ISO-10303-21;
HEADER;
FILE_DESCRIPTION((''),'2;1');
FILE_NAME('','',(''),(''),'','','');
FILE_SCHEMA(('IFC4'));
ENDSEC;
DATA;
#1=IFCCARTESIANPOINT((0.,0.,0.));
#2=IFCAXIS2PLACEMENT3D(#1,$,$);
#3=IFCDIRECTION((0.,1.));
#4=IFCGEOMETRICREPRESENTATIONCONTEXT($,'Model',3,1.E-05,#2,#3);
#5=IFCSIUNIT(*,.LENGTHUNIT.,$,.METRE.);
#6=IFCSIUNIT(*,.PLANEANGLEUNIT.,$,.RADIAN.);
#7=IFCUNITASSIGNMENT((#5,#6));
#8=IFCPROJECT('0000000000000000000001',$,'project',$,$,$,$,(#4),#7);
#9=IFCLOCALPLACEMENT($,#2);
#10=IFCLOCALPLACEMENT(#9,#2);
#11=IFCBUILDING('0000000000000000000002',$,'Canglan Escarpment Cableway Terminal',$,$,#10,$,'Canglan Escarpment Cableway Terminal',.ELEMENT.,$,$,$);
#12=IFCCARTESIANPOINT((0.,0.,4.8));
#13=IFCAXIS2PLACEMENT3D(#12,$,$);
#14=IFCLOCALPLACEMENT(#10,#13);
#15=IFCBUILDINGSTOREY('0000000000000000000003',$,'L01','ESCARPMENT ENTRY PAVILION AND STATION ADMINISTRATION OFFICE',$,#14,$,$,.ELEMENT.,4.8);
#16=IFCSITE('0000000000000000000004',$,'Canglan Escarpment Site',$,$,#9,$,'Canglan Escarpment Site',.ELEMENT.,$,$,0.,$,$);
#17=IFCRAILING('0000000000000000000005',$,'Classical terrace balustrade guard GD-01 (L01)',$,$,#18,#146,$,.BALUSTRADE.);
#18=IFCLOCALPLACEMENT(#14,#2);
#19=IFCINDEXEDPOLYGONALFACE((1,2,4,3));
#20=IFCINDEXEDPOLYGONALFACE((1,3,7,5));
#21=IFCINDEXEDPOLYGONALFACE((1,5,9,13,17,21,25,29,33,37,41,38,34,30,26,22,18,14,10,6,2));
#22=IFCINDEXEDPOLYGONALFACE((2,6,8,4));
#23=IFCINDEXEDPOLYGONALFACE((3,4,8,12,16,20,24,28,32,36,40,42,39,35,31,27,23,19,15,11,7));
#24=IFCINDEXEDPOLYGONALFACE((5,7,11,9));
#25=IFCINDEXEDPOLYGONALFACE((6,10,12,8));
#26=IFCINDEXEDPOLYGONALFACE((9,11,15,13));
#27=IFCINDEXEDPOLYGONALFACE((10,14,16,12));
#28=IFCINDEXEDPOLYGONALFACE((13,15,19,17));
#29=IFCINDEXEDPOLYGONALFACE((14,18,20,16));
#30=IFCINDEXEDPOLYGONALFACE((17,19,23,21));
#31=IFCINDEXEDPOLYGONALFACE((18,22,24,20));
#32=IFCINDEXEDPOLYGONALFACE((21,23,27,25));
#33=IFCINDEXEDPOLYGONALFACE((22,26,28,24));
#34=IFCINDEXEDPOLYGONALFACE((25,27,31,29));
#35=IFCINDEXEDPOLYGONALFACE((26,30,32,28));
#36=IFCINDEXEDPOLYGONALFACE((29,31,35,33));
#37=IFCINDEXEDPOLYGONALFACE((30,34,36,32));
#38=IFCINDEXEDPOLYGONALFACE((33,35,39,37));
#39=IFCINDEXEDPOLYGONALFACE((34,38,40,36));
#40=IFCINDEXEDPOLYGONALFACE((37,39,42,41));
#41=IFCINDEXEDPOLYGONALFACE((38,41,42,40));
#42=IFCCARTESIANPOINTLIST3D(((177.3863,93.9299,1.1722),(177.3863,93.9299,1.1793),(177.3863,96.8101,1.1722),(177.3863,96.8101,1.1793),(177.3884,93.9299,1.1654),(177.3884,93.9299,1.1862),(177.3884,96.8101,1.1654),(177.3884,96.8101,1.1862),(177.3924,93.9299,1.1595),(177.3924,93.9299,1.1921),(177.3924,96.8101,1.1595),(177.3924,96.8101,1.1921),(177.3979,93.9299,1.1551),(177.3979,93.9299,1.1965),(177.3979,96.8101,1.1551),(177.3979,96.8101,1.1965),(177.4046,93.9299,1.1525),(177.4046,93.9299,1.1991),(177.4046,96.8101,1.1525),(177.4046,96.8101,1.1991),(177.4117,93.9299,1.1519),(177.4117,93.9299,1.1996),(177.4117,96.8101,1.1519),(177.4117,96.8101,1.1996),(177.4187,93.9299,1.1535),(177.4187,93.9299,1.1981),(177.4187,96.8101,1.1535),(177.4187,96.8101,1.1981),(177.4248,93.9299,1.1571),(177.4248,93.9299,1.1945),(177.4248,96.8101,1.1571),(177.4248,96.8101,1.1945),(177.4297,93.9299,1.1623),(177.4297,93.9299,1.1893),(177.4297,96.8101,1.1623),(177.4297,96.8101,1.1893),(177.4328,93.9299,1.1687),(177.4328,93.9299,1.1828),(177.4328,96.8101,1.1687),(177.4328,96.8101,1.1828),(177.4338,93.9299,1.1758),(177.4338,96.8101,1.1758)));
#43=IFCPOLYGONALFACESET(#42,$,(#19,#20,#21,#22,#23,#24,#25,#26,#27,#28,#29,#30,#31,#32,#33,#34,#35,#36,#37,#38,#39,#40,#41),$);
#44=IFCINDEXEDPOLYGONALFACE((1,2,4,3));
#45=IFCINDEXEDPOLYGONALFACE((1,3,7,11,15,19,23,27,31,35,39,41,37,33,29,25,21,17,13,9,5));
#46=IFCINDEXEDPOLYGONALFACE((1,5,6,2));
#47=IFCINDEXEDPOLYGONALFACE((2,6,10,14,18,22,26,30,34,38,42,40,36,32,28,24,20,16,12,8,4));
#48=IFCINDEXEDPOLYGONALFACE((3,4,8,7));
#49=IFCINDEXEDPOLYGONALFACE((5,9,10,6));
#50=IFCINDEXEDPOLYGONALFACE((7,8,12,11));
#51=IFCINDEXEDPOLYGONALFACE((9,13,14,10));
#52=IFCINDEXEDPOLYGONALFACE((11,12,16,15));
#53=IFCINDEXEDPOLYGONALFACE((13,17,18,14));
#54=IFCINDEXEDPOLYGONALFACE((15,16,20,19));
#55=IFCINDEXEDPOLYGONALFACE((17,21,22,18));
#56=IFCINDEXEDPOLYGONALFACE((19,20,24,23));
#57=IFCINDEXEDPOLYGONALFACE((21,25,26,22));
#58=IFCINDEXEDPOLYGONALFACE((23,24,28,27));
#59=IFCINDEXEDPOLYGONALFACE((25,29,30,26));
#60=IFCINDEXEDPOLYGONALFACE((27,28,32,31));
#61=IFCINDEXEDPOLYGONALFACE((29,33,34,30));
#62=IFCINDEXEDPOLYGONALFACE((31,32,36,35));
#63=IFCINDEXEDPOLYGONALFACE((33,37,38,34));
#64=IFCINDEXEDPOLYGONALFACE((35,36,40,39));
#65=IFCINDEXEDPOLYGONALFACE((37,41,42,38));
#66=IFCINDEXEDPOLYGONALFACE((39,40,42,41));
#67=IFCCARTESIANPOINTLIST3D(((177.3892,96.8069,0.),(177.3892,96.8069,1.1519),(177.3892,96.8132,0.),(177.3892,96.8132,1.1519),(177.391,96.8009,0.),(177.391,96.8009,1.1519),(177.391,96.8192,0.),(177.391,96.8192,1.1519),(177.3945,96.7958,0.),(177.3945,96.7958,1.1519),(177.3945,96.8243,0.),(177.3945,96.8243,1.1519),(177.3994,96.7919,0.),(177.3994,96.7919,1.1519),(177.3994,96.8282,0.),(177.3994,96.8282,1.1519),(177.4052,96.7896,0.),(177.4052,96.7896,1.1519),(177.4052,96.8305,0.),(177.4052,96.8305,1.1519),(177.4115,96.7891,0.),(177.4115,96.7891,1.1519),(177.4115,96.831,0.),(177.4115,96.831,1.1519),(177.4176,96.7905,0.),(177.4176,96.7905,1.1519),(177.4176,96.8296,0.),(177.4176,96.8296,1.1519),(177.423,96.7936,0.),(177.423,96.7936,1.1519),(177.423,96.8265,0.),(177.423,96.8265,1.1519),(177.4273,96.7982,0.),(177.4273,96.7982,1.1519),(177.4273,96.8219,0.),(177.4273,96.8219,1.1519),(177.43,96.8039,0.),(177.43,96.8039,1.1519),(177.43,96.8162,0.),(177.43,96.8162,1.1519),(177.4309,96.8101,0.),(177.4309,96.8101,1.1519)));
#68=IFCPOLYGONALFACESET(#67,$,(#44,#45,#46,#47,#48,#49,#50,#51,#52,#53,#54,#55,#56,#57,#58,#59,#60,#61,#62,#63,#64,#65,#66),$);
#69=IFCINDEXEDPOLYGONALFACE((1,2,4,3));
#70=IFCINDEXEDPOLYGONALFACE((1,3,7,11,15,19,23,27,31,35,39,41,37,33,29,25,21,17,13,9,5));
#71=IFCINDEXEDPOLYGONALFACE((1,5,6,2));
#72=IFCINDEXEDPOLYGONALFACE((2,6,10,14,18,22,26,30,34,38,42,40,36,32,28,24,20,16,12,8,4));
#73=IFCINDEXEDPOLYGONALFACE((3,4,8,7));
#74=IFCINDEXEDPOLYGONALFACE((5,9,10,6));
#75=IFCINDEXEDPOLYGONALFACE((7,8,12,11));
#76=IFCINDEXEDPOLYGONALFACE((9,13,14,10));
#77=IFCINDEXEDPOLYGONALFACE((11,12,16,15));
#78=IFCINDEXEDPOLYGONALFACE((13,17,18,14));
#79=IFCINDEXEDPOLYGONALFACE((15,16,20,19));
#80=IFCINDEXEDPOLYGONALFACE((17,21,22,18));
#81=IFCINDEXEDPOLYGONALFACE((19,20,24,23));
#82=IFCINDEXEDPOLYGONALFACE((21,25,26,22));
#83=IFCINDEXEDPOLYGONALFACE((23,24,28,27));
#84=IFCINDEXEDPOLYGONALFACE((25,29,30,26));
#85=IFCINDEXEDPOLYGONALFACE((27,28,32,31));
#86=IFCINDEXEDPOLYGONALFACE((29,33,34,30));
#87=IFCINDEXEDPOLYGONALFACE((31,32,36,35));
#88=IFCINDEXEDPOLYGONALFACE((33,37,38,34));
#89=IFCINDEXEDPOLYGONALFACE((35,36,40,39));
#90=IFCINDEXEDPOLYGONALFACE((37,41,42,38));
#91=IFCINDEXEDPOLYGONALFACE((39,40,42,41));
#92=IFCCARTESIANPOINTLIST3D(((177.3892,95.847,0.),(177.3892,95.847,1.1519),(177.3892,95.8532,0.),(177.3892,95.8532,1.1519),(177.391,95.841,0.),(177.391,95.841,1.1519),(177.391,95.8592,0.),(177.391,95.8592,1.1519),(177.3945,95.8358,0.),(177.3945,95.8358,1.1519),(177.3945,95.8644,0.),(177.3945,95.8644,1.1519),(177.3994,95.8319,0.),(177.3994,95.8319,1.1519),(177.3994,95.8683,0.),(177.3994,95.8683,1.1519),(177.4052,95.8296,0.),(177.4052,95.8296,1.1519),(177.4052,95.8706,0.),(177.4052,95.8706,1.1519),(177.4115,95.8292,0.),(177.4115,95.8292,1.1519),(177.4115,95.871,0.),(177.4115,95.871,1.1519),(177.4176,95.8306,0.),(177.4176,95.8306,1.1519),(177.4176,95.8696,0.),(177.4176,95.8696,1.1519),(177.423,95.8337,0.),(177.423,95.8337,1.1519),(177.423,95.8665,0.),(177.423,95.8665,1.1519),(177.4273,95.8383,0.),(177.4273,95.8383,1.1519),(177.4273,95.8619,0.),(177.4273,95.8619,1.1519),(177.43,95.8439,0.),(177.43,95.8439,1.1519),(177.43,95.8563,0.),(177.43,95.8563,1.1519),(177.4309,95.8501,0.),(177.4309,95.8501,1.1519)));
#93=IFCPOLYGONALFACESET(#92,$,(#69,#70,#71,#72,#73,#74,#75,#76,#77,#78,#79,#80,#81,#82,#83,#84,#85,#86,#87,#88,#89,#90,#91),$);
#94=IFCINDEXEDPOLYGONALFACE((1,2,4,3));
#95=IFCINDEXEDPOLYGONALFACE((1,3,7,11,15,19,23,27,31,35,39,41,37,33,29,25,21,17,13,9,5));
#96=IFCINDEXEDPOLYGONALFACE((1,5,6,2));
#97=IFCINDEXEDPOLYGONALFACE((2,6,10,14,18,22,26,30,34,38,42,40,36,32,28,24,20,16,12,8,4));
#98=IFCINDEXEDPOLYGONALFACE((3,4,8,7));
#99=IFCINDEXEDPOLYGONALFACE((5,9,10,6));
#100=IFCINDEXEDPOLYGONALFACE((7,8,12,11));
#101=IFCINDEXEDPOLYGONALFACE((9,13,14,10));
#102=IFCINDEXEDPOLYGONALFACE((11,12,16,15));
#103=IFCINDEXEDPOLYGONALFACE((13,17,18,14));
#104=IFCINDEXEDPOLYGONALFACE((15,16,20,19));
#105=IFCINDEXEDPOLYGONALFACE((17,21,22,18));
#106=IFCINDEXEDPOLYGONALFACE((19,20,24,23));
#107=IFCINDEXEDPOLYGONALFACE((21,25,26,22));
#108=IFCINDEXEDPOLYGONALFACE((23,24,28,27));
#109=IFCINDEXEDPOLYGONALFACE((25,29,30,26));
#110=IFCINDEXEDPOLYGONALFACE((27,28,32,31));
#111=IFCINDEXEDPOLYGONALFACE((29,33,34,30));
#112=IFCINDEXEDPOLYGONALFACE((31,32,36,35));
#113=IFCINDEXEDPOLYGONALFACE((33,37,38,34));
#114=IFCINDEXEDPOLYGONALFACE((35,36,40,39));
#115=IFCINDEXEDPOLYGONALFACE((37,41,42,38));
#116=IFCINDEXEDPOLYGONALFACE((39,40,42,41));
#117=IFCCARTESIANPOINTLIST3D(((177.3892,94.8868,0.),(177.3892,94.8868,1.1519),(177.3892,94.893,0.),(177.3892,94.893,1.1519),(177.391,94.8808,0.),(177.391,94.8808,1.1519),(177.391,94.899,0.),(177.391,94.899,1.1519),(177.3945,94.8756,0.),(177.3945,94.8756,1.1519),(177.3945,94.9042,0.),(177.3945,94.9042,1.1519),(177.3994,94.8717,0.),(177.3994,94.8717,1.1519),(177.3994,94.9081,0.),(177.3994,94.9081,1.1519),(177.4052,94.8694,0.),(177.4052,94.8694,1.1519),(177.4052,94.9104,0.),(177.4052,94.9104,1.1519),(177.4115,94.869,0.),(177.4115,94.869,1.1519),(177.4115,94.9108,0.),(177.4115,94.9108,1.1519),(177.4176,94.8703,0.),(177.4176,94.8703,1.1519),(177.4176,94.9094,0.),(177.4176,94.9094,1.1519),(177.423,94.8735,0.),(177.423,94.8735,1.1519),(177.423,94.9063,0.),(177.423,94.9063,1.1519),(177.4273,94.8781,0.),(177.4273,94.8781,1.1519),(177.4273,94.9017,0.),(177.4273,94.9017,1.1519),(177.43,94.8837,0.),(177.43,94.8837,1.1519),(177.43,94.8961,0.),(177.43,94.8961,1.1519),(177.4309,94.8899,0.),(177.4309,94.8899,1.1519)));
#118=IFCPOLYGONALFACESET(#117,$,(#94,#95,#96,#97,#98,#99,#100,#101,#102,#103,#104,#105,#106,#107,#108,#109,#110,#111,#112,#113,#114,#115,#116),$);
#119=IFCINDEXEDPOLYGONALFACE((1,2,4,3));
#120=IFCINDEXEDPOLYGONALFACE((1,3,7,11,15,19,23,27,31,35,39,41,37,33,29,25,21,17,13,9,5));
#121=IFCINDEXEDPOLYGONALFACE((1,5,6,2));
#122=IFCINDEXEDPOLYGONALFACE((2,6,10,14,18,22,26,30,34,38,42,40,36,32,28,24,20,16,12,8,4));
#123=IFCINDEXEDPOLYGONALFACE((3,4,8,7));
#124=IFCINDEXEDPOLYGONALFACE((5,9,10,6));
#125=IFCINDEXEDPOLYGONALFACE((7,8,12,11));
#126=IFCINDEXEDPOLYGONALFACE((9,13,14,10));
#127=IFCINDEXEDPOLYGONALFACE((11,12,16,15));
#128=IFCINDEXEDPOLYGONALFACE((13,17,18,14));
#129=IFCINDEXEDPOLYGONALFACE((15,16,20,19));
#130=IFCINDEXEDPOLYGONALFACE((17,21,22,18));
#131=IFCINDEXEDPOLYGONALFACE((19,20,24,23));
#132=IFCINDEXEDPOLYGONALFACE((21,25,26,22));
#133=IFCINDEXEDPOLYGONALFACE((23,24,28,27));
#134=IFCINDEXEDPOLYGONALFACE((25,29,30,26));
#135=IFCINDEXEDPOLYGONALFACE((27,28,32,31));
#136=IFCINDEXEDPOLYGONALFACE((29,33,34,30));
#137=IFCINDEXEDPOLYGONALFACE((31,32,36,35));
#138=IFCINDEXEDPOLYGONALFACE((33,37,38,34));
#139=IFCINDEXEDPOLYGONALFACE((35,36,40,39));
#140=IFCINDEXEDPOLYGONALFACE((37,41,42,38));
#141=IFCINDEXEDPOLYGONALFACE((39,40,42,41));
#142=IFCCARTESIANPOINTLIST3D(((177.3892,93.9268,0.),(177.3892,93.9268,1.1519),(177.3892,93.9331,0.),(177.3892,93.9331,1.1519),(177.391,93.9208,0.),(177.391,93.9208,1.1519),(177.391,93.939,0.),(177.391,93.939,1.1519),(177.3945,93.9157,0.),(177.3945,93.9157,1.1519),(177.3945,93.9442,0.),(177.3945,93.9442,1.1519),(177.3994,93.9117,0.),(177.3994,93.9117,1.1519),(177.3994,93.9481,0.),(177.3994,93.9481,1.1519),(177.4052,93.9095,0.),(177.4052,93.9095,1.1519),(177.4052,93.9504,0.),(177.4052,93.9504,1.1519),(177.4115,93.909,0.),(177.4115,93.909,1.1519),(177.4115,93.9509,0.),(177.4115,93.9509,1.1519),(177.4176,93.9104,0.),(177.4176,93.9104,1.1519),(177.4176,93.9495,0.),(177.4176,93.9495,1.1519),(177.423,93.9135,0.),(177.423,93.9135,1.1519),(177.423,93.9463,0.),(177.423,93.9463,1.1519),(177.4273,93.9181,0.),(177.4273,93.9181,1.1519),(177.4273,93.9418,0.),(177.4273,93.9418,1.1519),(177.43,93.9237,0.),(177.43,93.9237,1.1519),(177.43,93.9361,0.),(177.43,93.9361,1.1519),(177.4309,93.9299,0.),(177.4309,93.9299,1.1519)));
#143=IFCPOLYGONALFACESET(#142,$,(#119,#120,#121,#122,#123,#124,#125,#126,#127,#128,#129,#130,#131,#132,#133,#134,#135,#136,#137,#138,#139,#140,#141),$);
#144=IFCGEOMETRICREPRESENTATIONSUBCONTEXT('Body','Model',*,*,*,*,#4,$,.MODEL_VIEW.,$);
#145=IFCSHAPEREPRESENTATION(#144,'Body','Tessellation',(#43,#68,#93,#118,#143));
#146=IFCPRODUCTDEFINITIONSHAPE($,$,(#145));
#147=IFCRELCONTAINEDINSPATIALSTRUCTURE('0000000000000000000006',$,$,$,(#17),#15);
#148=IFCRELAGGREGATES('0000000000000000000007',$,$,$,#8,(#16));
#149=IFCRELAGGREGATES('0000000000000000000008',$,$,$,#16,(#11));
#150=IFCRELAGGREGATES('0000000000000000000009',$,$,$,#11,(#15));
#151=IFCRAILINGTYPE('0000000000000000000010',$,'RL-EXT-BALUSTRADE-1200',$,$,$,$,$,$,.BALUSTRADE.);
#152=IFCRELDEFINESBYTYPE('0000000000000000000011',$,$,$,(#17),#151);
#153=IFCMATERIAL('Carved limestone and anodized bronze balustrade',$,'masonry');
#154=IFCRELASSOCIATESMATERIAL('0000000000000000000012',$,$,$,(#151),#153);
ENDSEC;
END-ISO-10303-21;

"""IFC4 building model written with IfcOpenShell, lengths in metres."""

from ifc_helpers import new_model, si_unit, direction, frame, origin, origin_2d, place, context, subcontext, project, spatial, circle, extrude, material, type_object, element, save


model = new_model("IFC4")

# Units and contexts
model_context = context("Model", 3, precision=1e-05, world=origin(), true_north=direction((0.0, 1.0)))
body_context = subcontext(model_context, "Body", "Model", "MODEL_VIEW")
ifc_project = project(units=[si_unit("LENGTHUNIT", "METRE"), si_unit("PLANEANGLEUNIT", "RADIAN")], contexts=[model_context])

# Site, building, storey
site_placement = place(None, origin())
site = spatial("IfcSite", under=ifc_project, at=site_placement, Name="Canglan Escarpment Site", LongName="Canglan Escarpment Site", CompositionType="ELEMENT", RefElevation=0.0)
building_placement = place(site_placement, origin())
building = spatial("IfcBuilding", under=site, at=building_placement, Name="Canglan Escarpment Cableway Terminal", LongName="Canglan Escarpment Cableway Terminal", CompositionType="ELEMENT")
storey_placement = place(building_placement, frame((0.0, 0.0, 4.8)))
storey = spatial("IfcBuildingStorey", under=building, at=storey_placement, Name="L01", Description="ESCARPMENT ENTRY PAVILION AND STATION ADMINISTRATION OFFICE", CompositionType="ELEMENT", Elevation=4.8)

# Railing
ifc_material_1 = material(Name="Carved limestone and anodized bronze balustrade", Category="masonry")
railing_type = type_object("IfcRailingType", Name="RL-EXT-BALUSTRADE-1200", PredefinedType="BALUSTRADE", material=ifc_material_1)
railing_1_placement = place(storey_placement, frame((177.4099, 96.8101, 0.0)))
element("IfcRailing", 1, at=railing_1_placement, inside=storey, type_object=railing_type, Name="Classical terrace balustrade guard GD-01 (L01)", PredefinedType="BALUSTRADE", context=body_context, shape_type="SweptSolid", body=[
    extrude(circle(Radius=0.0239, at=origin_2d()), frame((0.0, 0.0, 1.1758), z_axis=(0.0, -1.0, 0.0), x_axis=(1.0, 0.0, 0.0)), (0.0, 0.0, 1.0), 2.8801),
    extrude(circle(Radius=0.021, at=origin_2d()), origin(), (0.0, 0.0, 1.0), 1.1519),
    extrude(circle(Radius=0.021, at=origin_2d()), frame((0.0, -0.96, 0.0)), (0.0, 0.0, 1.0), 1.1519),
    extrude(circle(Radius=0.021, at=origin_2d()), frame((0.0, -1.9202, 0.0)), (0.0, 0.0, 1.0), 1.1519),
    extrude(circle(Radius=0.021, at=origin_2d()), frame((0.0, -2.8801, 0.0)), (0.0, 0.0, 1.0), 1.1519),
])

save(model, "model.ifc")
